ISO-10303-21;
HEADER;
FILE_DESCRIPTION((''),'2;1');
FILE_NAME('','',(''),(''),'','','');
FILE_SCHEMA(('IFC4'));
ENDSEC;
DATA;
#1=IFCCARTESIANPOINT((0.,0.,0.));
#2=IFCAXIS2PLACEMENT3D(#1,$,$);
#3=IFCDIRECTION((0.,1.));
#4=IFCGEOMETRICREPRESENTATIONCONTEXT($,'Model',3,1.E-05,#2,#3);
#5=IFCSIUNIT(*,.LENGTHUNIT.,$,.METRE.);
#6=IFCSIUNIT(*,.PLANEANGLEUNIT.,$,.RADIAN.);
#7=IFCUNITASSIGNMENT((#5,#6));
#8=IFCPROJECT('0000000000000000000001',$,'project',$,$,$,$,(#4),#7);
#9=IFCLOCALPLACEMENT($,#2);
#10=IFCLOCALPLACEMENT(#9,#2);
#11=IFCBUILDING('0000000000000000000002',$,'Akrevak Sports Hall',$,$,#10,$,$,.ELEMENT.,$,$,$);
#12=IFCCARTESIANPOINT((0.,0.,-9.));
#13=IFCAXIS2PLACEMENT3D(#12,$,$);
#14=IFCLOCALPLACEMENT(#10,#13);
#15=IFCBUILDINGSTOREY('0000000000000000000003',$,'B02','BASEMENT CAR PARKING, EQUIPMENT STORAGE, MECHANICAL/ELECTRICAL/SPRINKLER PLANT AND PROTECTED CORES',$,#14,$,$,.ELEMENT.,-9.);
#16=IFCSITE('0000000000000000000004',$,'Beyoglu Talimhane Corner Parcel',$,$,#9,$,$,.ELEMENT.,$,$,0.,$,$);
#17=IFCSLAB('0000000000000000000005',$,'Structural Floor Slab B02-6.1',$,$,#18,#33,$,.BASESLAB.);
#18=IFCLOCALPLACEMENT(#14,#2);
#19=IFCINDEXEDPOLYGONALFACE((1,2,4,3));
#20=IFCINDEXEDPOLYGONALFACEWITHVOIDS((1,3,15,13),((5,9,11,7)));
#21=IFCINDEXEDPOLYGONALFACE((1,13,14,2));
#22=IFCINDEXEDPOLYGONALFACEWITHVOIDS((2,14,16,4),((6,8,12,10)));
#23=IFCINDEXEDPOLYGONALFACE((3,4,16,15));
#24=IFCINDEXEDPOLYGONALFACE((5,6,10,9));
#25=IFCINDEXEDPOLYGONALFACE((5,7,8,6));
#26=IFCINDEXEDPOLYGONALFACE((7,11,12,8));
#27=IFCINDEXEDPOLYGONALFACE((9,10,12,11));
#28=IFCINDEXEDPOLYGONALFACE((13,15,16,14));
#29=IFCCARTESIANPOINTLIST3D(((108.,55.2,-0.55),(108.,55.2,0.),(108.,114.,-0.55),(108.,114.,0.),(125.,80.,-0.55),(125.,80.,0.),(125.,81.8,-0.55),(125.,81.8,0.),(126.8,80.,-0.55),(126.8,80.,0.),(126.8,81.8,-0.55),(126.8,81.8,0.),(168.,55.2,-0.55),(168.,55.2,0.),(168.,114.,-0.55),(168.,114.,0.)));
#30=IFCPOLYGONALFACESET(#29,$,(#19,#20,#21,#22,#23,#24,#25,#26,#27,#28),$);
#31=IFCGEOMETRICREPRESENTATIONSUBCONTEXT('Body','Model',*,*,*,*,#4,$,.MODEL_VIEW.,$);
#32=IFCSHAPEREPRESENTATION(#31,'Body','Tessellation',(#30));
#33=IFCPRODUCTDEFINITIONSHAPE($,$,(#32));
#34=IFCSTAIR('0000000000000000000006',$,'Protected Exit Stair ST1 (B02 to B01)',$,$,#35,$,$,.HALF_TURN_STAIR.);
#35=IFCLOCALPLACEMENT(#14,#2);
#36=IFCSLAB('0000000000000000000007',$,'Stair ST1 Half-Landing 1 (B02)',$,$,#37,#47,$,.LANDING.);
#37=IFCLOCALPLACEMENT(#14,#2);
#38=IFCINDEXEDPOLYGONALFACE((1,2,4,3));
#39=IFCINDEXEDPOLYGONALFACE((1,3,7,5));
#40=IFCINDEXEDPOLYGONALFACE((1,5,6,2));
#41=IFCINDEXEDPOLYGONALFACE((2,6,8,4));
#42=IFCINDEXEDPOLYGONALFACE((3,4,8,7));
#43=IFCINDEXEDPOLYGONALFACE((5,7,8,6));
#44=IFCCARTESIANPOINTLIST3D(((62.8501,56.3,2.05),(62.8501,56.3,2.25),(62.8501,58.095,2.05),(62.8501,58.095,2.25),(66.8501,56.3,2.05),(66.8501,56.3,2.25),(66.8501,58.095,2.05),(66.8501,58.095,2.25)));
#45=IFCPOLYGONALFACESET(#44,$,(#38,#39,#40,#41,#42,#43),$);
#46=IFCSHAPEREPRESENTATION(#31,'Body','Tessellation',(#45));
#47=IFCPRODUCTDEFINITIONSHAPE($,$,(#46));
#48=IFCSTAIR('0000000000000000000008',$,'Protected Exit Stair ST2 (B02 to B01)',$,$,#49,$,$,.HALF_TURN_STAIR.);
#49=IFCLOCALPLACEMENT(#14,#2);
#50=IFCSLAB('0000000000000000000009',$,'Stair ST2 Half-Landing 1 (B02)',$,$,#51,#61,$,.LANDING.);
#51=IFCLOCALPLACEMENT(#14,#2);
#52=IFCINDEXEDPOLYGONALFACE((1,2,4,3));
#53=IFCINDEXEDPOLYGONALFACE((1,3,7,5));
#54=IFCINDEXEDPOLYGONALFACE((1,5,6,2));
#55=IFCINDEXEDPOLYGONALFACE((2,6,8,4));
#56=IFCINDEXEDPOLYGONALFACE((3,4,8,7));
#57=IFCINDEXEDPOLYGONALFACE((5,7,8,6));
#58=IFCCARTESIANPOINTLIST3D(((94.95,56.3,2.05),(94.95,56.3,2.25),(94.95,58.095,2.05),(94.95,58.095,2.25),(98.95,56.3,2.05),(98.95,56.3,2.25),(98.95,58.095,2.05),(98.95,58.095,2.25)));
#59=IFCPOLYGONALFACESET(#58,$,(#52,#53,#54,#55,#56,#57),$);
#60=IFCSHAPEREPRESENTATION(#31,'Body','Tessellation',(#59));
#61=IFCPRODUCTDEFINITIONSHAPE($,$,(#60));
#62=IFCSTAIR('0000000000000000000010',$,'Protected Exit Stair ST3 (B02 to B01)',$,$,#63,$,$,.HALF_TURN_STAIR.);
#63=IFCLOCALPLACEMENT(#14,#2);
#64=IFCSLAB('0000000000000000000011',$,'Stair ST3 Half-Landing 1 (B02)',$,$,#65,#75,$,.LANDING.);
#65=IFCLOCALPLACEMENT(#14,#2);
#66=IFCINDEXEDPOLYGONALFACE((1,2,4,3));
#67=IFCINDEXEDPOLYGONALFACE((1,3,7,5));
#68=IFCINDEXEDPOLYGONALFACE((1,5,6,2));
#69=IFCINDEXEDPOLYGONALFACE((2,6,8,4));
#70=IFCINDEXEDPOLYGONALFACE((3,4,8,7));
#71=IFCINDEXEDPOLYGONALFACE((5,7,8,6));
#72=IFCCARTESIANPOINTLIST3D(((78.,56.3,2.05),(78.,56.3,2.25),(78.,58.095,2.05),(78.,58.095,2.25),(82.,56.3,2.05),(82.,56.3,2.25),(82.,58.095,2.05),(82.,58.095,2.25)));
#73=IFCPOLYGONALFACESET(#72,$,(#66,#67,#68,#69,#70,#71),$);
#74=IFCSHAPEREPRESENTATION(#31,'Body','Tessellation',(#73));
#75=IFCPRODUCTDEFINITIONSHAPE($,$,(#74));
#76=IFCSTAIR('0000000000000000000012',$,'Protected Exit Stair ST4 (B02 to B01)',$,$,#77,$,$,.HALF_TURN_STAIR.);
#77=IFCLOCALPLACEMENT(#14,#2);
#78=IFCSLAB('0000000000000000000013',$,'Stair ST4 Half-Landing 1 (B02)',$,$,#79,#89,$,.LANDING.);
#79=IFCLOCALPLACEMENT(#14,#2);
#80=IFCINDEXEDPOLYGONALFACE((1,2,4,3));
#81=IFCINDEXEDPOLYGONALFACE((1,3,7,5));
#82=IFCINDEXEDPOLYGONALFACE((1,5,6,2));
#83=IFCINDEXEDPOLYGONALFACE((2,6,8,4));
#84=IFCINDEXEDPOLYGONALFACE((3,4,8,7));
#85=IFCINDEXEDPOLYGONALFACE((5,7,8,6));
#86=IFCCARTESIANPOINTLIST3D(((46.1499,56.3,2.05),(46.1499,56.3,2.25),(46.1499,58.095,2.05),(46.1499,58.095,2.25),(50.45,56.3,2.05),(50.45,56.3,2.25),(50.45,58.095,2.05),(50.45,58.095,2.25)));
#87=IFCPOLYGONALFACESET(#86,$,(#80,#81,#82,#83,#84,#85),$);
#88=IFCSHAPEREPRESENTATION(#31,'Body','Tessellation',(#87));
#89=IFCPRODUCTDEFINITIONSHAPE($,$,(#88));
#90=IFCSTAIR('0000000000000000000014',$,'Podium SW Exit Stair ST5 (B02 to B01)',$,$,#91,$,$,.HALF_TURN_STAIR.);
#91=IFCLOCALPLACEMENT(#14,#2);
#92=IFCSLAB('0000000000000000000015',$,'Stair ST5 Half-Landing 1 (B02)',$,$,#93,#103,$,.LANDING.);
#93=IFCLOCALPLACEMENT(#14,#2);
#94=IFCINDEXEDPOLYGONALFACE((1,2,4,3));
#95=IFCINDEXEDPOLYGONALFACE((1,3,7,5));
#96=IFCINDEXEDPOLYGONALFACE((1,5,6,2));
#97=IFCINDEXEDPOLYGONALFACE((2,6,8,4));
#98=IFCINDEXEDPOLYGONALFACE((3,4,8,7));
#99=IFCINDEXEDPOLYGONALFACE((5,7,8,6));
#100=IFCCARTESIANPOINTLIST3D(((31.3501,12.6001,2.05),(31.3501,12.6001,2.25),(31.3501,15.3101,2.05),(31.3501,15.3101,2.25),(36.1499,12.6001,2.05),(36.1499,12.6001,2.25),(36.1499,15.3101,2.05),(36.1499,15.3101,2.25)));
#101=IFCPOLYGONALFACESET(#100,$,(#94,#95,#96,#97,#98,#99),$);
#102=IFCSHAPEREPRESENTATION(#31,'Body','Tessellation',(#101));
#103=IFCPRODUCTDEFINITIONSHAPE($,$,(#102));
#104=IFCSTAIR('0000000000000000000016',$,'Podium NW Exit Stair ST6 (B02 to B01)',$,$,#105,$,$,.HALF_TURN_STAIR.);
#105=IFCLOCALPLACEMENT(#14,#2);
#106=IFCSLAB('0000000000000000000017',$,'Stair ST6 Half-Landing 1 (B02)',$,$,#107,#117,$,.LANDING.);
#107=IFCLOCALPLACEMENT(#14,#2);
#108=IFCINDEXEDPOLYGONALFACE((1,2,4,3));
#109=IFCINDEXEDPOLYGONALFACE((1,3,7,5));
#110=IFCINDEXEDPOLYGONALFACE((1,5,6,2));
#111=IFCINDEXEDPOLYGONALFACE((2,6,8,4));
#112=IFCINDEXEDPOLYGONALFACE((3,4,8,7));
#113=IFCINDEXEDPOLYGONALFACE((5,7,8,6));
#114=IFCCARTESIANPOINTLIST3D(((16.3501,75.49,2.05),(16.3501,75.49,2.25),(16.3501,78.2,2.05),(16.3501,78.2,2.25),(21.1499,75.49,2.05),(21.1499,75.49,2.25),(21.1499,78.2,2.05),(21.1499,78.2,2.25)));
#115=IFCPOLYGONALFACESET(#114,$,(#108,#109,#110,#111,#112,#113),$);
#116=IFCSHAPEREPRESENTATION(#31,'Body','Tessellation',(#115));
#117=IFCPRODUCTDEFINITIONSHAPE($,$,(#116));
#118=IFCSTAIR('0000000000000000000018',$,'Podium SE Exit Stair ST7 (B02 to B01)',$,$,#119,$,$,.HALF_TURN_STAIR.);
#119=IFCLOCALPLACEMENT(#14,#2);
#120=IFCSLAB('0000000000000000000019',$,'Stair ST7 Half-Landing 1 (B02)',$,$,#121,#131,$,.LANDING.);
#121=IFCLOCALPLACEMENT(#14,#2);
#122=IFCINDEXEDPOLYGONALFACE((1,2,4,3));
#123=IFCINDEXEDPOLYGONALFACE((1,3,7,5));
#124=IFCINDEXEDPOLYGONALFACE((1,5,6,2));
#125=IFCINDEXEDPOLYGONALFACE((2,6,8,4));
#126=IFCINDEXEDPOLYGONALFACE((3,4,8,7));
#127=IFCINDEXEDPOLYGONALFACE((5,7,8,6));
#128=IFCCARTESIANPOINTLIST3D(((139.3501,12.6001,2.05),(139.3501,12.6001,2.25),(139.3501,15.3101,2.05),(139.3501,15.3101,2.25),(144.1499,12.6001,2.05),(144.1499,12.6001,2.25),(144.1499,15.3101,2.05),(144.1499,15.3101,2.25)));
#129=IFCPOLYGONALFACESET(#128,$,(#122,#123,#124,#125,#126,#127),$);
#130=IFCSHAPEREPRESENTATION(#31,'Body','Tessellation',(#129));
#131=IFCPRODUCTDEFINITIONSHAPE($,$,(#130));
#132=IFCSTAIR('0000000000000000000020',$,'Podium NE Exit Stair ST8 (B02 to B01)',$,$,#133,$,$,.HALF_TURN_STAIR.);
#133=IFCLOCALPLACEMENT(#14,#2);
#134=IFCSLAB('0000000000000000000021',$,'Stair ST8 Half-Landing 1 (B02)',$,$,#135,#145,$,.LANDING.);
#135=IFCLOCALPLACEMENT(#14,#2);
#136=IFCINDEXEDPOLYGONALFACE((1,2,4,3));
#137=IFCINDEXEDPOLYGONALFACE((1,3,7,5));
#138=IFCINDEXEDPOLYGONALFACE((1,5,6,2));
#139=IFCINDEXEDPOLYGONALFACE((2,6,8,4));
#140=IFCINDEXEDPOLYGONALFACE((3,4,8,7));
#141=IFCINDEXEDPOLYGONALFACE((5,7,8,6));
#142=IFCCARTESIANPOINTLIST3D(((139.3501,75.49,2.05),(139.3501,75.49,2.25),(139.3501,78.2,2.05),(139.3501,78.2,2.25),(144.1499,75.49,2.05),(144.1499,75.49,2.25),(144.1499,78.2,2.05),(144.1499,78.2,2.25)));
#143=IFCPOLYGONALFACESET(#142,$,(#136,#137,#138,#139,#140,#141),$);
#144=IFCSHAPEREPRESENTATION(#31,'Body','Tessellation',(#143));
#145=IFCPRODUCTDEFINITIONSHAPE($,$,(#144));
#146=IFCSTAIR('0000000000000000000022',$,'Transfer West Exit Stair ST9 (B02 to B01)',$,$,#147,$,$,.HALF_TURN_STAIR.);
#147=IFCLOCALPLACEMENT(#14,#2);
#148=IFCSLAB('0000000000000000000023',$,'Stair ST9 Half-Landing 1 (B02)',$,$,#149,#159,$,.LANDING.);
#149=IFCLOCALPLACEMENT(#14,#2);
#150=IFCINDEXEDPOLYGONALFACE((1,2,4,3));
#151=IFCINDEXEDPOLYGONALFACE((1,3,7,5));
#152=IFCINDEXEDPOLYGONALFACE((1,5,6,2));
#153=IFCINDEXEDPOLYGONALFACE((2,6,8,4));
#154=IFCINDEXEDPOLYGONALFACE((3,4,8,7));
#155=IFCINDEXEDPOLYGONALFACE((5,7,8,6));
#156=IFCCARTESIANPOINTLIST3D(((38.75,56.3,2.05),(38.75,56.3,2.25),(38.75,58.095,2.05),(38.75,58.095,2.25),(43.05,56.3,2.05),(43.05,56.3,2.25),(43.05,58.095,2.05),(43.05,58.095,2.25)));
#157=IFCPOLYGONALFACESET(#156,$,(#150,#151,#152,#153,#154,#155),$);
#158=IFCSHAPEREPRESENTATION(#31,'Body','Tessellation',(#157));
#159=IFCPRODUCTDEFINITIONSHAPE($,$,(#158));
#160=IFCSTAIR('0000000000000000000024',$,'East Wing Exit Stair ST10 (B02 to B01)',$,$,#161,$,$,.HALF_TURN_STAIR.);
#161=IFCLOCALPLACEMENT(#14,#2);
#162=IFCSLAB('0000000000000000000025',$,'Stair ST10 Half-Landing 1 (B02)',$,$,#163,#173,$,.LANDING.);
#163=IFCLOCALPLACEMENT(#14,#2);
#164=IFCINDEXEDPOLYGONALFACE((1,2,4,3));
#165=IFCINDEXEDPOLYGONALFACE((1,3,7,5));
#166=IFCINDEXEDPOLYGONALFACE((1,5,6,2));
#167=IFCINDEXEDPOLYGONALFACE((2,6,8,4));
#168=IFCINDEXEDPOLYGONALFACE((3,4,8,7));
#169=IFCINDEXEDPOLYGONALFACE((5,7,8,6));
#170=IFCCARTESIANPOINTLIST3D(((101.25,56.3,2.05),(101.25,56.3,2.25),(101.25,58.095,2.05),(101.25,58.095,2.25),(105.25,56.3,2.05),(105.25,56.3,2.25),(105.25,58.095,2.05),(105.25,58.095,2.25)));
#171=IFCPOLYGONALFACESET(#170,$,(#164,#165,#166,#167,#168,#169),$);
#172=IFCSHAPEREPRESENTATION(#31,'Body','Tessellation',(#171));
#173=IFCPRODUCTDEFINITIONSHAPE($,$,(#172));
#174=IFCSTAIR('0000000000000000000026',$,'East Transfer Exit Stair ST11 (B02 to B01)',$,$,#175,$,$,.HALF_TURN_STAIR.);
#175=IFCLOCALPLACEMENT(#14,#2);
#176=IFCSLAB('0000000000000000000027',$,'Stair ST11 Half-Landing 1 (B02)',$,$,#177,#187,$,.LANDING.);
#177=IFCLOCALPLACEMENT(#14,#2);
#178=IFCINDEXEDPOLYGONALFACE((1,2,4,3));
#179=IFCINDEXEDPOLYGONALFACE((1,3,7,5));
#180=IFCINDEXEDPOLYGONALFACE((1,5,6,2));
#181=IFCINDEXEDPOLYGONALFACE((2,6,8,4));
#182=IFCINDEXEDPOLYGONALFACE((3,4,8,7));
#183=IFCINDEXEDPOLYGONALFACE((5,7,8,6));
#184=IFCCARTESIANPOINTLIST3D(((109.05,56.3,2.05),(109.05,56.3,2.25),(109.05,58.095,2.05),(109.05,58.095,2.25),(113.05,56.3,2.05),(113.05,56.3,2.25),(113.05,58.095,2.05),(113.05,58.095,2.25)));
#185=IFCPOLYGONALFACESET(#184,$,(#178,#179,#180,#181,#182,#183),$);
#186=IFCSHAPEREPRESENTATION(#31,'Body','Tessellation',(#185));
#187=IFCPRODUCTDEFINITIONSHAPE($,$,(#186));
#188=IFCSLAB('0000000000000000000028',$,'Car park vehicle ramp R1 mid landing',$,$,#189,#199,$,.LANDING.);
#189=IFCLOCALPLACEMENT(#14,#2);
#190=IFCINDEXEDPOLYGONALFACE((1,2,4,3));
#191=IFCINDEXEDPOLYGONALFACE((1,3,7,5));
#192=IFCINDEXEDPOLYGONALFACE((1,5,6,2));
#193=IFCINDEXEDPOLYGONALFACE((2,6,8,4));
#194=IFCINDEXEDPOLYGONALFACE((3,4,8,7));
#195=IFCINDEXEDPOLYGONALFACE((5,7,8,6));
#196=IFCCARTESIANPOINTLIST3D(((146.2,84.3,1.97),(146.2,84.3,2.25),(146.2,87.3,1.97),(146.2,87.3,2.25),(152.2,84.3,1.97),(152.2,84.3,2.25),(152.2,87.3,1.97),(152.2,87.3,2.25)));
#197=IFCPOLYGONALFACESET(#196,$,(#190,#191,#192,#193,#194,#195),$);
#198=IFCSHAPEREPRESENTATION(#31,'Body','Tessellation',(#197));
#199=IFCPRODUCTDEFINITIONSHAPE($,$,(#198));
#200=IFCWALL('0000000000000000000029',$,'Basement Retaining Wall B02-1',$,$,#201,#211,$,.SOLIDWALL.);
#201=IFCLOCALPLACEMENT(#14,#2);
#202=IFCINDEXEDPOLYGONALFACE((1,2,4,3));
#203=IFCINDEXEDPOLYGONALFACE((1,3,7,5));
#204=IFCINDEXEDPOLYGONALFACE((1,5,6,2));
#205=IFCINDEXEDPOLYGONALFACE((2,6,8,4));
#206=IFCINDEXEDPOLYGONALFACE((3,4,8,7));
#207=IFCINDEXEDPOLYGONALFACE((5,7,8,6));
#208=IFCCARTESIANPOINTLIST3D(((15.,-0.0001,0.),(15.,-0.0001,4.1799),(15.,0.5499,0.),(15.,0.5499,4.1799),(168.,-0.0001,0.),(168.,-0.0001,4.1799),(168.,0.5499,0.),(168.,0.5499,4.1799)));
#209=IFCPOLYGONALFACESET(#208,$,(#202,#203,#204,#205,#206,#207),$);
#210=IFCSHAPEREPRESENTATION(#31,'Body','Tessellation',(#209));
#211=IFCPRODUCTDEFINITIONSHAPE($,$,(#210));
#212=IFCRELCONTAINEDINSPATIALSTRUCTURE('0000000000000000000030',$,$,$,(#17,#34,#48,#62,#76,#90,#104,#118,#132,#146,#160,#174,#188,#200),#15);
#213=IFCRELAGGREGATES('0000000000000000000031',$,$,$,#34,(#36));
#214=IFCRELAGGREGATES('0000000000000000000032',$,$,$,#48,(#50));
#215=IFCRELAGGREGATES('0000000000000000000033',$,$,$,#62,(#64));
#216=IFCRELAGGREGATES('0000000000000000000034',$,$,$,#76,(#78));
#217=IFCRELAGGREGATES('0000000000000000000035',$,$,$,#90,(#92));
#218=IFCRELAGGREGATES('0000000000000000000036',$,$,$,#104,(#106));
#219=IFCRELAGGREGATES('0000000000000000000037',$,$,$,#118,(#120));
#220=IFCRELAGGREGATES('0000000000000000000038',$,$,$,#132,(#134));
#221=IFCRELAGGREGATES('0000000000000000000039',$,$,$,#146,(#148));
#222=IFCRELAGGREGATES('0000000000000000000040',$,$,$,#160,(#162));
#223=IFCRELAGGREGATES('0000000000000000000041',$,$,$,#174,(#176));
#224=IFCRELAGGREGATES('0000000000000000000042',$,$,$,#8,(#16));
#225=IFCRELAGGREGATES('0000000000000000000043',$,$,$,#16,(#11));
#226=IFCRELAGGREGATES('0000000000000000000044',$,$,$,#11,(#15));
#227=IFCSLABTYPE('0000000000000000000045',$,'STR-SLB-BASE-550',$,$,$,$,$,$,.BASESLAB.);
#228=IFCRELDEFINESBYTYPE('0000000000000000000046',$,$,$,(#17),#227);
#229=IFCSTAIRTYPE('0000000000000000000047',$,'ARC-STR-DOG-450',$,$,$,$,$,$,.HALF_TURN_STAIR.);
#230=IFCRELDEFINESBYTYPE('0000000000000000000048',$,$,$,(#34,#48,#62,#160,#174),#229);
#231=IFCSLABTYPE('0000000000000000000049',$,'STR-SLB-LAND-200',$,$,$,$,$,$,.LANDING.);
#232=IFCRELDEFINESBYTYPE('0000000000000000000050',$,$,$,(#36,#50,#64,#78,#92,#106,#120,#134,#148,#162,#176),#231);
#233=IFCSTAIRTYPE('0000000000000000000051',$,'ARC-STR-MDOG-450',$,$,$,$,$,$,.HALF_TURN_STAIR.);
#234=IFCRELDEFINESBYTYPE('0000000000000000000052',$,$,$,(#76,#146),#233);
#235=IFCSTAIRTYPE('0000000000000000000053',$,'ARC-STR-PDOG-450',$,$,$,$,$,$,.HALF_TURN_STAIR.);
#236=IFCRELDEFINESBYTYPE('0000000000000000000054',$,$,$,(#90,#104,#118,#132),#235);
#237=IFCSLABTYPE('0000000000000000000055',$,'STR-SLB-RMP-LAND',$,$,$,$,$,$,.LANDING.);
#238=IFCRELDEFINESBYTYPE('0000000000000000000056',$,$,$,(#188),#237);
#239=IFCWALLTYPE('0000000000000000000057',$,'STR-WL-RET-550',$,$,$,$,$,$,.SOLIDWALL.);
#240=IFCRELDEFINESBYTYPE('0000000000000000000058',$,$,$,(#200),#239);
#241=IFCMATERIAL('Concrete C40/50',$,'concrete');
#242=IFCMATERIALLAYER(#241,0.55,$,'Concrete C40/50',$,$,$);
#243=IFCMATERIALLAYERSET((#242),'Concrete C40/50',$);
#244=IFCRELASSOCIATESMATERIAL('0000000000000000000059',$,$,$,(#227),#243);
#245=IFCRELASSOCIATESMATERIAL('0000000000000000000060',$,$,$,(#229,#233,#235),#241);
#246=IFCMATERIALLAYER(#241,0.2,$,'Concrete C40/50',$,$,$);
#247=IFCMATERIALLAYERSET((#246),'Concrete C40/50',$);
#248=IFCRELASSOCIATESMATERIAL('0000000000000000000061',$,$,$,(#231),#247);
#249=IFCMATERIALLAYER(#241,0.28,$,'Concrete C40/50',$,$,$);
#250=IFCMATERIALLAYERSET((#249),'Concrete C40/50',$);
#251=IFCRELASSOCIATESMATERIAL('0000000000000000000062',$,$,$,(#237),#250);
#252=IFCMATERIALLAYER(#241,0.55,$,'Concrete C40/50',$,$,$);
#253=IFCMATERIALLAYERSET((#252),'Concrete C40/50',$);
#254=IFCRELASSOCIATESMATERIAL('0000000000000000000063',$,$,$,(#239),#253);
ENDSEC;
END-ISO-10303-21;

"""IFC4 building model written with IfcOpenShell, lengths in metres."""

from ifc_helpers import new_model, si_unit, direction, frame, frame_2d, origin, place, context, subcontext, project, spatial, polyline, rectangle, outline, extrude, material, layer, layer_set, type_object, element, aggregate, save


model = new_model("IFC4")

# Units and contexts
model_context = context("Model", 3, precision=1e-05, world=origin(), true_north=direction((0.0, 1.0)))
body_context = subcontext(model_context, "Body", "Model", "MODEL_VIEW")
ifc_project = project(units=[si_unit("LENGTHUNIT", "METRE"), si_unit("PLANEANGLEUNIT", "RADIAN")], contexts=[model_context])

# Site, building, storey
site_placement = place(None, origin())
site = spatial("IfcSite", under=ifc_project, at=site_placement, Name="Beyoglu Talimhane Corner Parcel", CompositionType="ELEMENT", RefElevation=0.0)
building_placement = place(site_placement, origin())
building = spatial("IfcBuilding", under=site, at=building_placement, Name="Akrevak Sports Hall", CompositionType="ELEMENT")
storey_placement = place(building_placement, frame((0.0, 0.0, -9.0)))
storey = spatial("IfcBuildingStorey", under=building, at=storey_placement, Name="B02", Description="BASEMENT CAR PARKING, EQUIPMENT STORAGE, MECHANICAL/ELECTRICAL/SPRINKLER PLANT AND PROTECTED CORES", CompositionType="ELEMENT", Elevation=-9.0)

# Shared definitions
ifc_material_1 = material(Name="Concrete C40/50", Category="concrete")

# Slab
ifc_layer_1 = layer(ifc_material_1, 0.55, Name="Concrete C40/50")
ifc_layer_set_1 = layer_set([ifc_layer_1], Name="Concrete C40/50")
slab_type_1 = type_object("IfcSlabType", Name="STR-SLB-BASE-550", PredefinedType="BASESLAB", material=ifc_layer_set_1)
slab_1_placement = place(storey_placement, frame((0.0, 0.0, -0.55)))
element("IfcSlab", 1, at=slab_1_placement, inside=storey, type_object=slab_type_1, Name="Structural Floor Slab B02-6.1", PredefinedType="BASESLAB", context=body_context, shape_type="SweptSolid", body=[
    extrude(outline(polyline([(108.0, 114.0), (108.0, 55.2), (168.0, 55.2), (168.0, 114.0), (108.0, 114.0)]), holes=[polyline([(125.0, 81.8), (126.8, 81.8), (126.8, 80.0), (125.0, 80.0), (125.0, 81.8)])]), origin(), (0.0, 0.0, 1.0), 0.55),
])

# Stairs, slabs
stair_type_1 = type_object("IfcStairType", Name="ARC-STR-DOG-450", PredefinedType="HALF_TURN_STAIR", material=ifc_material_1)
stair_1_placement = place(storey_placement, origin())
stair_1 = element("IfcStair", 2, at=stair_1_placement, inside=storey, type_object=stair_type_1, Name="Protected Exit Stair ST1 (B02 to B01)", PredefinedType="HALF_TURN_STAIR")
ifc_layer_2 = layer(ifc_material_1, 0.2, Name="Concrete C40/50")
ifc_layer_set_2 = layer_set([ifc_layer_2], Name="Concrete C40/50")
slab_type_2 = type_object("IfcSlabType", Name="STR-SLB-LAND-200", PredefinedType="LANDING", material=ifc_layer_set_2)
slab_2_placement = place(storey_placement, frame((0.0, 0.0, 2.05)))
slab_2 = element("IfcSlab", 3, at=slab_2_placement, type_object=slab_type_2, Name="Stair ST1 Half-Landing 1 (B02)", PredefinedType="LANDING", context=body_context, shape_type="SweptSolid", body=[
    extrude(outline(polyline([(62.8501, 56.3), (66.8501, 56.3), (66.8501, 58.095), (62.8501, 58.095), (62.8501, 56.3)])), origin(), (0.0, 0.0, 1.0), 0.2),
])
aggregate(stair_1, [slab_2])
stair_2_placement = place(storey_placement, origin())
stair_2 = element("IfcStair", 4, at=stair_2_placement, inside=storey, type_object=stair_type_1, Name="Protected Exit Stair ST2 (B02 to B01)", PredefinedType="HALF_TURN_STAIR")
slab_3_placement = place(storey_placement, frame((0.0, 0.0, 2.05)))
slab_3 = element("IfcSlab", 5, at=slab_3_placement, type_object=slab_type_2, Name="Stair ST2 Half-Landing 1 (B02)", PredefinedType="LANDING", context=body_context, shape_type="SweptSolid", body=[
    extrude(outline(polyline([(94.95, 56.3), (98.95, 56.3), (98.95, 58.095), (94.95, 58.095), (94.95, 56.3)])), origin(), (0.0, 0.0, 1.0), 0.2),
])
aggregate(stair_2, [slab_3])
stair_3_placement = place(storey_placement, origin())
stair_3 = element("IfcStair", 6, at=stair_3_placement, inside=storey, type_object=stair_type_1, Name="Protected Exit Stair ST3 (B02 to B01)", PredefinedType="HALF_TURN_STAIR")
slab_4_placement = place(storey_placement, frame((0.0, 0.0, 2.05)))
slab_4 = element("IfcSlab", 7, at=slab_4_placement, type_object=slab_type_2, Name="Stair ST3 Half-Landing 1 (B02)", PredefinedType="LANDING", context=body_context, shape_type="SweptSolid", body=[
    extrude(outline(polyline([(78.0, 56.3), (82.0, 56.3), (82.0, 58.095), (78.0, 58.095), (78.0, 56.3)])), origin(), (0.0, 0.0, 1.0), 0.2),
])
aggregate(stair_3, [slab_4])
stair_type_2 = type_object("IfcStairType", Name="ARC-STR-MDOG-450", PredefinedType="HALF_TURN_STAIR", material=ifc_material_1)
stair_4_placement = place(storey_placement, origin())
stair_4 = element("IfcStair", 8, at=stair_4_placement, inside=storey, type_object=stair_type_2, Name="Protected Exit Stair ST4 (B02 to B01)", PredefinedType="HALF_TURN_STAIR")
slab_5_placement = place(storey_placement, frame((0.0, 0.0, 2.05)))
slab_5 = element("IfcSlab", 9, at=slab_5_placement, type_object=slab_type_2, Name="Stair ST4 Half-Landing 1 (B02)", PredefinedType="LANDING", context=body_context, shape_type="SweptSolid", body=[
    extrude(outline(polyline([(46.1499, 56.3), (50.45, 56.3), (50.45, 58.095), (46.1499, 58.095), (46.1499, 56.3)])), origin(), (0.0, 0.0, 1.0), 0.2),
])
aggregate(stair_4, [slab_5])
stair_type_3 = type_object("IfcStairType", Name="ARC-STR-PDOG-450", PredefinedType="HALF_TURN_STAIR", material=ifc_material_1)
stair_5_placement = place(storey_placement, origin())
stair_5 = element("IfcStair", 10, at=stair_5_placement, inside=storey, type_object=stair_type_3, Name="Podium SW Exit Stair ST5 (B02 to B01)", PredefinedType="HALF_TURN_STAIR")
slab_6_placement = place(storey_placement, frame((0.0, 0.0, 2.05)))
slab_6 = element("IfcSlab", 11, at=slab_6_placement, type_object=slab_type_2, Name="Stair ST5 Half-Landing 1 (B02)", PredefinedType="LANDING", context=body_context, shape_type="SweptSolid", body=[
    extrude(outline(polyline([(31.3501, 12.6001), (36.1499, 12.6001), (36.1499, 15.3101), (31.3501, 15.3101), (31.3501, 12.6001)])), origin(), (0.0, 0.0, 1.0), 0.2),
])
aggregate(stair_5, [slab_6])
stair_6_placement = place(storey_placement, origin())
stair_6 = element("IfcStair", 12, at=stair_6_placement, inside=storey, type_object=stair_type_3, Name="Podium NW Exit Stair ST6 (B02 to B01)", PredefinedType="HALF_TURN_STAIR")
slab_7_placement = place(storey_placement, frame((0.0, 0.0, 2.05)))
slab_7 = element("IfcSlab", 13, at=slab_7_placement, type_object=slab_type_2, Name="Stair ST6 Half-Landing 1 (B02)", PredefinedType="LANDING", context=body_context, shape_type="SweptSolid", body=[
    extrude(outline(polyline([(16.3501, 75.49), (21.1499, 75.49), (21.1499, 78.2), (16.3501, 78.2), (16.3501, 75.49)])), origin(), (0.0, 0.0, 1.0), 0.2),
])
aggregate(stair_6, [slab_7])
stair_7_placement = place(storey_placement, origin())
stair_7 = element("IfcStair", 14, at=stair_7_placement, inside=storey, type_object=stair_type_3, Name="Podium SE Exit Stair ST7 (B02 to B01)", PredefinedType="HALF_TURN_STAIR")
slab_8_placement = place(storey_placement, frame((0.0, 0.0, 2.05)))
slab_8 = element("IfcSlab", 15, at=slab_8_placement, type_object=slab_type_2, Name="Stair ST7 Half-Landing 1 (B02)", PredefinedType="LANDING", context=body_context, shape_type="SweptSolid", body=[
    extrude(outline(polyline([(139.3501, 12.6001), (144.1499, 12.6001), (144.1499, 15.3101), (139.3501, 15.3101), (139.3501, 12.6001)])), origin(), (0.0, 0.0, 1.0), 0.2),
])
aggregate(stair_7, [slab_8])
stair_8_placement = place(storey_placement, origin())
stair_8 = element("IfcStair", 16, at=stair_8_placement, inside=storey, type_object=stair_type_3, Name="Podium NE Exit Stair ST8 (B02 to B01)", PredefinedType="HALF_TURN_STAIR")
slab_9_placement = place(storey_placement, frame((0.0, 0.0, 2.05)))
slab_9 = element("IfcSlab", 17, at=slab_9_placement, type_object=slab_type_2, Name="Stair ST8 Half-Landing 1 (B02)", PredefinedType="LANDING", context=body_context, shape_type="SweptSolid", body=[
    extrude(outline(polyline([(139.3501, 75.49), (144.1499, 75.49), (144.1499, 78.2), (139.3501, 78.2), (139.3501, 75.49)])), origin(), (0.0, 0.0, 1.0), 0.2),
])
aggregate(stair_8, [slab_9])
stair_9_placement = place(storey_placement, origin())
stair_9 = element("IfcStair", 18, at=stair_9_placement, inside=storey, type_object=stair_type_2, Name="Transfer West Exit Stair ST9 (B02 to B01)", PredefinedType="HALF_TURN_STAIR")
slab_10_placement = place(storey_placement, frame((0.0, 0.0, 2.05)))
slab_10 = element("IfcSlab", 19, at=slab_10_placement, type_object=slab_type_2, Name="Stair ST9 Half-Landing 1 (B02)", PredefinedType="LANDING", context=body_context, shape_type="SweptSolid", body=[
    extrude(outline(polyline([(38.75, 56.3), (43.05, 56.3), (43.05, 58.095), (38.75, 58.095), (38.75, 56.3)])), origin(), (0.0, 0.0, 1.0), 0.2),
])
aggregate(stair_9, [slab_10])
stair_10_placement = place(storey_placement, origin())
stair_10 = element("IfcStair", 20, at=stair_10_placement, inside=storey, type_object=stair_type_1, Name="East Wing Exit Stair ST10 (B02 to B01)", PredefinedType="HALF_TURN_STAIR")
slab_11_placement = place(storey_placement, frame((0.0, 0.0, 2.05)))
slab_11 = element("IfcSlab", 21, at=slab_11_placement, type_object=slab_type_2, Name="Stair ST10 Half-Landing 1 (B02)", PredefinedType="LANDING", context=body_context, shape_type="SweptSolid", body=[
    extrude(outline(polyline([(101.25, 56.3), (105.25, 56.3), (105.25, 58.095), (101.25, 58.095), (101.25, 56.3)])), origin(), (0.0, 0.0, 1.0), 0.2),
])
aggregate(stair_10, [slab_11])
stair_11_placement = place(storey_placement, origin())
stair_11 = element("IfcStair", 22, at=stair_11_placement, inside=storey, type_object=stair_type_1, Name="East Transfer Exit Stair ST11 (B02 to B01)", PredefinedType="HALF_TURN_STAIR")
slab_12_placement = place(storey_placement, frame((0.0, 0.0, 2.05)))
slab_12 = element("IfcSlab", 23, at=slab_12_placement, type_object=slab_type_2, Name="Stair ST11 Half-Landing 1 (B02)", PredefinedType="LANDING", context=body_context, shape_type="SweptSolid", body=[
    extrude(outline(polyline([(109.05, 56.3), (113.05, 56.3), (113.05, 58.095), (109.05, 58.095), (109.05, 56.3)])), origin(), (0.0, 0.0, 1.0), 0.2),
])
aggregate(stair_11, [slab_12])

# Slab
ifc_layer_3 = layer(ifc_material_1, 0.28, Name="Concrete C40/50")
ifc_layer_set_3 = layer_set([ifc_layer_3], Name="Concrete C40/50")
slab_type_3 = type_object("IfcSlabType", Name="STR-SLB-RMP-LAND", PredefinedType="LANDING", material=ifc_layer_set_3)
slab_13_placement = place(storey_placement, frame((0.0, 0.0, 1.97)))
element("IfcSlab", 24, at=slab_13_placement, inside=storey, type_object=slab_type_3, Name="Car park vehicle ramp R1 mid landing", PredefinedType="LANDING", context=body_context, shape_type="SweptSolid", body=[
    extrude(outline(polyline([(146.2, 84.3), (152.2, 84.3), (152.2, 87.3), (146.2, 87.3), (146.2, 84.3)])), origin(), (0.0, 0.0, 1.0), 0.28),
])

# Wall
ifc_layer_4 = layer(ifc_material_1, 0.55, Name="Concrete C40/50")
ifc_layer_set_4 = layer_set([ifc_layer_4], Name="Concrete C40/50")
wall_type = type_object("IfcWallType", Name="STR-WL-RET-550", PredefinedType="SOLIDWALL", material=ifc_layer_set_4)
wall_1_placement = place(storey_placement, frame((15.0, 0.2749, 0.0), z_axis=(0.0, 0.0, 1.0), x_axis=(1.0, 0.0, 0.0)))
element("IfcWall", 25, at=wall_1_placement, inside=storey, type_object=wall_type, Name="Basement Retaining Wall B02-1", PredefinedType="SOLIDWALL", context=body_context, shape_type="SweptSolid", body=[
    extrude(rectangle(XDim=153.0, YDim=0.55, at=frame_2d((76.5, 0.0))), origin(), (0.0, 0.0, 1.0), 4.1799),
])

save(model, "model.ifc")
